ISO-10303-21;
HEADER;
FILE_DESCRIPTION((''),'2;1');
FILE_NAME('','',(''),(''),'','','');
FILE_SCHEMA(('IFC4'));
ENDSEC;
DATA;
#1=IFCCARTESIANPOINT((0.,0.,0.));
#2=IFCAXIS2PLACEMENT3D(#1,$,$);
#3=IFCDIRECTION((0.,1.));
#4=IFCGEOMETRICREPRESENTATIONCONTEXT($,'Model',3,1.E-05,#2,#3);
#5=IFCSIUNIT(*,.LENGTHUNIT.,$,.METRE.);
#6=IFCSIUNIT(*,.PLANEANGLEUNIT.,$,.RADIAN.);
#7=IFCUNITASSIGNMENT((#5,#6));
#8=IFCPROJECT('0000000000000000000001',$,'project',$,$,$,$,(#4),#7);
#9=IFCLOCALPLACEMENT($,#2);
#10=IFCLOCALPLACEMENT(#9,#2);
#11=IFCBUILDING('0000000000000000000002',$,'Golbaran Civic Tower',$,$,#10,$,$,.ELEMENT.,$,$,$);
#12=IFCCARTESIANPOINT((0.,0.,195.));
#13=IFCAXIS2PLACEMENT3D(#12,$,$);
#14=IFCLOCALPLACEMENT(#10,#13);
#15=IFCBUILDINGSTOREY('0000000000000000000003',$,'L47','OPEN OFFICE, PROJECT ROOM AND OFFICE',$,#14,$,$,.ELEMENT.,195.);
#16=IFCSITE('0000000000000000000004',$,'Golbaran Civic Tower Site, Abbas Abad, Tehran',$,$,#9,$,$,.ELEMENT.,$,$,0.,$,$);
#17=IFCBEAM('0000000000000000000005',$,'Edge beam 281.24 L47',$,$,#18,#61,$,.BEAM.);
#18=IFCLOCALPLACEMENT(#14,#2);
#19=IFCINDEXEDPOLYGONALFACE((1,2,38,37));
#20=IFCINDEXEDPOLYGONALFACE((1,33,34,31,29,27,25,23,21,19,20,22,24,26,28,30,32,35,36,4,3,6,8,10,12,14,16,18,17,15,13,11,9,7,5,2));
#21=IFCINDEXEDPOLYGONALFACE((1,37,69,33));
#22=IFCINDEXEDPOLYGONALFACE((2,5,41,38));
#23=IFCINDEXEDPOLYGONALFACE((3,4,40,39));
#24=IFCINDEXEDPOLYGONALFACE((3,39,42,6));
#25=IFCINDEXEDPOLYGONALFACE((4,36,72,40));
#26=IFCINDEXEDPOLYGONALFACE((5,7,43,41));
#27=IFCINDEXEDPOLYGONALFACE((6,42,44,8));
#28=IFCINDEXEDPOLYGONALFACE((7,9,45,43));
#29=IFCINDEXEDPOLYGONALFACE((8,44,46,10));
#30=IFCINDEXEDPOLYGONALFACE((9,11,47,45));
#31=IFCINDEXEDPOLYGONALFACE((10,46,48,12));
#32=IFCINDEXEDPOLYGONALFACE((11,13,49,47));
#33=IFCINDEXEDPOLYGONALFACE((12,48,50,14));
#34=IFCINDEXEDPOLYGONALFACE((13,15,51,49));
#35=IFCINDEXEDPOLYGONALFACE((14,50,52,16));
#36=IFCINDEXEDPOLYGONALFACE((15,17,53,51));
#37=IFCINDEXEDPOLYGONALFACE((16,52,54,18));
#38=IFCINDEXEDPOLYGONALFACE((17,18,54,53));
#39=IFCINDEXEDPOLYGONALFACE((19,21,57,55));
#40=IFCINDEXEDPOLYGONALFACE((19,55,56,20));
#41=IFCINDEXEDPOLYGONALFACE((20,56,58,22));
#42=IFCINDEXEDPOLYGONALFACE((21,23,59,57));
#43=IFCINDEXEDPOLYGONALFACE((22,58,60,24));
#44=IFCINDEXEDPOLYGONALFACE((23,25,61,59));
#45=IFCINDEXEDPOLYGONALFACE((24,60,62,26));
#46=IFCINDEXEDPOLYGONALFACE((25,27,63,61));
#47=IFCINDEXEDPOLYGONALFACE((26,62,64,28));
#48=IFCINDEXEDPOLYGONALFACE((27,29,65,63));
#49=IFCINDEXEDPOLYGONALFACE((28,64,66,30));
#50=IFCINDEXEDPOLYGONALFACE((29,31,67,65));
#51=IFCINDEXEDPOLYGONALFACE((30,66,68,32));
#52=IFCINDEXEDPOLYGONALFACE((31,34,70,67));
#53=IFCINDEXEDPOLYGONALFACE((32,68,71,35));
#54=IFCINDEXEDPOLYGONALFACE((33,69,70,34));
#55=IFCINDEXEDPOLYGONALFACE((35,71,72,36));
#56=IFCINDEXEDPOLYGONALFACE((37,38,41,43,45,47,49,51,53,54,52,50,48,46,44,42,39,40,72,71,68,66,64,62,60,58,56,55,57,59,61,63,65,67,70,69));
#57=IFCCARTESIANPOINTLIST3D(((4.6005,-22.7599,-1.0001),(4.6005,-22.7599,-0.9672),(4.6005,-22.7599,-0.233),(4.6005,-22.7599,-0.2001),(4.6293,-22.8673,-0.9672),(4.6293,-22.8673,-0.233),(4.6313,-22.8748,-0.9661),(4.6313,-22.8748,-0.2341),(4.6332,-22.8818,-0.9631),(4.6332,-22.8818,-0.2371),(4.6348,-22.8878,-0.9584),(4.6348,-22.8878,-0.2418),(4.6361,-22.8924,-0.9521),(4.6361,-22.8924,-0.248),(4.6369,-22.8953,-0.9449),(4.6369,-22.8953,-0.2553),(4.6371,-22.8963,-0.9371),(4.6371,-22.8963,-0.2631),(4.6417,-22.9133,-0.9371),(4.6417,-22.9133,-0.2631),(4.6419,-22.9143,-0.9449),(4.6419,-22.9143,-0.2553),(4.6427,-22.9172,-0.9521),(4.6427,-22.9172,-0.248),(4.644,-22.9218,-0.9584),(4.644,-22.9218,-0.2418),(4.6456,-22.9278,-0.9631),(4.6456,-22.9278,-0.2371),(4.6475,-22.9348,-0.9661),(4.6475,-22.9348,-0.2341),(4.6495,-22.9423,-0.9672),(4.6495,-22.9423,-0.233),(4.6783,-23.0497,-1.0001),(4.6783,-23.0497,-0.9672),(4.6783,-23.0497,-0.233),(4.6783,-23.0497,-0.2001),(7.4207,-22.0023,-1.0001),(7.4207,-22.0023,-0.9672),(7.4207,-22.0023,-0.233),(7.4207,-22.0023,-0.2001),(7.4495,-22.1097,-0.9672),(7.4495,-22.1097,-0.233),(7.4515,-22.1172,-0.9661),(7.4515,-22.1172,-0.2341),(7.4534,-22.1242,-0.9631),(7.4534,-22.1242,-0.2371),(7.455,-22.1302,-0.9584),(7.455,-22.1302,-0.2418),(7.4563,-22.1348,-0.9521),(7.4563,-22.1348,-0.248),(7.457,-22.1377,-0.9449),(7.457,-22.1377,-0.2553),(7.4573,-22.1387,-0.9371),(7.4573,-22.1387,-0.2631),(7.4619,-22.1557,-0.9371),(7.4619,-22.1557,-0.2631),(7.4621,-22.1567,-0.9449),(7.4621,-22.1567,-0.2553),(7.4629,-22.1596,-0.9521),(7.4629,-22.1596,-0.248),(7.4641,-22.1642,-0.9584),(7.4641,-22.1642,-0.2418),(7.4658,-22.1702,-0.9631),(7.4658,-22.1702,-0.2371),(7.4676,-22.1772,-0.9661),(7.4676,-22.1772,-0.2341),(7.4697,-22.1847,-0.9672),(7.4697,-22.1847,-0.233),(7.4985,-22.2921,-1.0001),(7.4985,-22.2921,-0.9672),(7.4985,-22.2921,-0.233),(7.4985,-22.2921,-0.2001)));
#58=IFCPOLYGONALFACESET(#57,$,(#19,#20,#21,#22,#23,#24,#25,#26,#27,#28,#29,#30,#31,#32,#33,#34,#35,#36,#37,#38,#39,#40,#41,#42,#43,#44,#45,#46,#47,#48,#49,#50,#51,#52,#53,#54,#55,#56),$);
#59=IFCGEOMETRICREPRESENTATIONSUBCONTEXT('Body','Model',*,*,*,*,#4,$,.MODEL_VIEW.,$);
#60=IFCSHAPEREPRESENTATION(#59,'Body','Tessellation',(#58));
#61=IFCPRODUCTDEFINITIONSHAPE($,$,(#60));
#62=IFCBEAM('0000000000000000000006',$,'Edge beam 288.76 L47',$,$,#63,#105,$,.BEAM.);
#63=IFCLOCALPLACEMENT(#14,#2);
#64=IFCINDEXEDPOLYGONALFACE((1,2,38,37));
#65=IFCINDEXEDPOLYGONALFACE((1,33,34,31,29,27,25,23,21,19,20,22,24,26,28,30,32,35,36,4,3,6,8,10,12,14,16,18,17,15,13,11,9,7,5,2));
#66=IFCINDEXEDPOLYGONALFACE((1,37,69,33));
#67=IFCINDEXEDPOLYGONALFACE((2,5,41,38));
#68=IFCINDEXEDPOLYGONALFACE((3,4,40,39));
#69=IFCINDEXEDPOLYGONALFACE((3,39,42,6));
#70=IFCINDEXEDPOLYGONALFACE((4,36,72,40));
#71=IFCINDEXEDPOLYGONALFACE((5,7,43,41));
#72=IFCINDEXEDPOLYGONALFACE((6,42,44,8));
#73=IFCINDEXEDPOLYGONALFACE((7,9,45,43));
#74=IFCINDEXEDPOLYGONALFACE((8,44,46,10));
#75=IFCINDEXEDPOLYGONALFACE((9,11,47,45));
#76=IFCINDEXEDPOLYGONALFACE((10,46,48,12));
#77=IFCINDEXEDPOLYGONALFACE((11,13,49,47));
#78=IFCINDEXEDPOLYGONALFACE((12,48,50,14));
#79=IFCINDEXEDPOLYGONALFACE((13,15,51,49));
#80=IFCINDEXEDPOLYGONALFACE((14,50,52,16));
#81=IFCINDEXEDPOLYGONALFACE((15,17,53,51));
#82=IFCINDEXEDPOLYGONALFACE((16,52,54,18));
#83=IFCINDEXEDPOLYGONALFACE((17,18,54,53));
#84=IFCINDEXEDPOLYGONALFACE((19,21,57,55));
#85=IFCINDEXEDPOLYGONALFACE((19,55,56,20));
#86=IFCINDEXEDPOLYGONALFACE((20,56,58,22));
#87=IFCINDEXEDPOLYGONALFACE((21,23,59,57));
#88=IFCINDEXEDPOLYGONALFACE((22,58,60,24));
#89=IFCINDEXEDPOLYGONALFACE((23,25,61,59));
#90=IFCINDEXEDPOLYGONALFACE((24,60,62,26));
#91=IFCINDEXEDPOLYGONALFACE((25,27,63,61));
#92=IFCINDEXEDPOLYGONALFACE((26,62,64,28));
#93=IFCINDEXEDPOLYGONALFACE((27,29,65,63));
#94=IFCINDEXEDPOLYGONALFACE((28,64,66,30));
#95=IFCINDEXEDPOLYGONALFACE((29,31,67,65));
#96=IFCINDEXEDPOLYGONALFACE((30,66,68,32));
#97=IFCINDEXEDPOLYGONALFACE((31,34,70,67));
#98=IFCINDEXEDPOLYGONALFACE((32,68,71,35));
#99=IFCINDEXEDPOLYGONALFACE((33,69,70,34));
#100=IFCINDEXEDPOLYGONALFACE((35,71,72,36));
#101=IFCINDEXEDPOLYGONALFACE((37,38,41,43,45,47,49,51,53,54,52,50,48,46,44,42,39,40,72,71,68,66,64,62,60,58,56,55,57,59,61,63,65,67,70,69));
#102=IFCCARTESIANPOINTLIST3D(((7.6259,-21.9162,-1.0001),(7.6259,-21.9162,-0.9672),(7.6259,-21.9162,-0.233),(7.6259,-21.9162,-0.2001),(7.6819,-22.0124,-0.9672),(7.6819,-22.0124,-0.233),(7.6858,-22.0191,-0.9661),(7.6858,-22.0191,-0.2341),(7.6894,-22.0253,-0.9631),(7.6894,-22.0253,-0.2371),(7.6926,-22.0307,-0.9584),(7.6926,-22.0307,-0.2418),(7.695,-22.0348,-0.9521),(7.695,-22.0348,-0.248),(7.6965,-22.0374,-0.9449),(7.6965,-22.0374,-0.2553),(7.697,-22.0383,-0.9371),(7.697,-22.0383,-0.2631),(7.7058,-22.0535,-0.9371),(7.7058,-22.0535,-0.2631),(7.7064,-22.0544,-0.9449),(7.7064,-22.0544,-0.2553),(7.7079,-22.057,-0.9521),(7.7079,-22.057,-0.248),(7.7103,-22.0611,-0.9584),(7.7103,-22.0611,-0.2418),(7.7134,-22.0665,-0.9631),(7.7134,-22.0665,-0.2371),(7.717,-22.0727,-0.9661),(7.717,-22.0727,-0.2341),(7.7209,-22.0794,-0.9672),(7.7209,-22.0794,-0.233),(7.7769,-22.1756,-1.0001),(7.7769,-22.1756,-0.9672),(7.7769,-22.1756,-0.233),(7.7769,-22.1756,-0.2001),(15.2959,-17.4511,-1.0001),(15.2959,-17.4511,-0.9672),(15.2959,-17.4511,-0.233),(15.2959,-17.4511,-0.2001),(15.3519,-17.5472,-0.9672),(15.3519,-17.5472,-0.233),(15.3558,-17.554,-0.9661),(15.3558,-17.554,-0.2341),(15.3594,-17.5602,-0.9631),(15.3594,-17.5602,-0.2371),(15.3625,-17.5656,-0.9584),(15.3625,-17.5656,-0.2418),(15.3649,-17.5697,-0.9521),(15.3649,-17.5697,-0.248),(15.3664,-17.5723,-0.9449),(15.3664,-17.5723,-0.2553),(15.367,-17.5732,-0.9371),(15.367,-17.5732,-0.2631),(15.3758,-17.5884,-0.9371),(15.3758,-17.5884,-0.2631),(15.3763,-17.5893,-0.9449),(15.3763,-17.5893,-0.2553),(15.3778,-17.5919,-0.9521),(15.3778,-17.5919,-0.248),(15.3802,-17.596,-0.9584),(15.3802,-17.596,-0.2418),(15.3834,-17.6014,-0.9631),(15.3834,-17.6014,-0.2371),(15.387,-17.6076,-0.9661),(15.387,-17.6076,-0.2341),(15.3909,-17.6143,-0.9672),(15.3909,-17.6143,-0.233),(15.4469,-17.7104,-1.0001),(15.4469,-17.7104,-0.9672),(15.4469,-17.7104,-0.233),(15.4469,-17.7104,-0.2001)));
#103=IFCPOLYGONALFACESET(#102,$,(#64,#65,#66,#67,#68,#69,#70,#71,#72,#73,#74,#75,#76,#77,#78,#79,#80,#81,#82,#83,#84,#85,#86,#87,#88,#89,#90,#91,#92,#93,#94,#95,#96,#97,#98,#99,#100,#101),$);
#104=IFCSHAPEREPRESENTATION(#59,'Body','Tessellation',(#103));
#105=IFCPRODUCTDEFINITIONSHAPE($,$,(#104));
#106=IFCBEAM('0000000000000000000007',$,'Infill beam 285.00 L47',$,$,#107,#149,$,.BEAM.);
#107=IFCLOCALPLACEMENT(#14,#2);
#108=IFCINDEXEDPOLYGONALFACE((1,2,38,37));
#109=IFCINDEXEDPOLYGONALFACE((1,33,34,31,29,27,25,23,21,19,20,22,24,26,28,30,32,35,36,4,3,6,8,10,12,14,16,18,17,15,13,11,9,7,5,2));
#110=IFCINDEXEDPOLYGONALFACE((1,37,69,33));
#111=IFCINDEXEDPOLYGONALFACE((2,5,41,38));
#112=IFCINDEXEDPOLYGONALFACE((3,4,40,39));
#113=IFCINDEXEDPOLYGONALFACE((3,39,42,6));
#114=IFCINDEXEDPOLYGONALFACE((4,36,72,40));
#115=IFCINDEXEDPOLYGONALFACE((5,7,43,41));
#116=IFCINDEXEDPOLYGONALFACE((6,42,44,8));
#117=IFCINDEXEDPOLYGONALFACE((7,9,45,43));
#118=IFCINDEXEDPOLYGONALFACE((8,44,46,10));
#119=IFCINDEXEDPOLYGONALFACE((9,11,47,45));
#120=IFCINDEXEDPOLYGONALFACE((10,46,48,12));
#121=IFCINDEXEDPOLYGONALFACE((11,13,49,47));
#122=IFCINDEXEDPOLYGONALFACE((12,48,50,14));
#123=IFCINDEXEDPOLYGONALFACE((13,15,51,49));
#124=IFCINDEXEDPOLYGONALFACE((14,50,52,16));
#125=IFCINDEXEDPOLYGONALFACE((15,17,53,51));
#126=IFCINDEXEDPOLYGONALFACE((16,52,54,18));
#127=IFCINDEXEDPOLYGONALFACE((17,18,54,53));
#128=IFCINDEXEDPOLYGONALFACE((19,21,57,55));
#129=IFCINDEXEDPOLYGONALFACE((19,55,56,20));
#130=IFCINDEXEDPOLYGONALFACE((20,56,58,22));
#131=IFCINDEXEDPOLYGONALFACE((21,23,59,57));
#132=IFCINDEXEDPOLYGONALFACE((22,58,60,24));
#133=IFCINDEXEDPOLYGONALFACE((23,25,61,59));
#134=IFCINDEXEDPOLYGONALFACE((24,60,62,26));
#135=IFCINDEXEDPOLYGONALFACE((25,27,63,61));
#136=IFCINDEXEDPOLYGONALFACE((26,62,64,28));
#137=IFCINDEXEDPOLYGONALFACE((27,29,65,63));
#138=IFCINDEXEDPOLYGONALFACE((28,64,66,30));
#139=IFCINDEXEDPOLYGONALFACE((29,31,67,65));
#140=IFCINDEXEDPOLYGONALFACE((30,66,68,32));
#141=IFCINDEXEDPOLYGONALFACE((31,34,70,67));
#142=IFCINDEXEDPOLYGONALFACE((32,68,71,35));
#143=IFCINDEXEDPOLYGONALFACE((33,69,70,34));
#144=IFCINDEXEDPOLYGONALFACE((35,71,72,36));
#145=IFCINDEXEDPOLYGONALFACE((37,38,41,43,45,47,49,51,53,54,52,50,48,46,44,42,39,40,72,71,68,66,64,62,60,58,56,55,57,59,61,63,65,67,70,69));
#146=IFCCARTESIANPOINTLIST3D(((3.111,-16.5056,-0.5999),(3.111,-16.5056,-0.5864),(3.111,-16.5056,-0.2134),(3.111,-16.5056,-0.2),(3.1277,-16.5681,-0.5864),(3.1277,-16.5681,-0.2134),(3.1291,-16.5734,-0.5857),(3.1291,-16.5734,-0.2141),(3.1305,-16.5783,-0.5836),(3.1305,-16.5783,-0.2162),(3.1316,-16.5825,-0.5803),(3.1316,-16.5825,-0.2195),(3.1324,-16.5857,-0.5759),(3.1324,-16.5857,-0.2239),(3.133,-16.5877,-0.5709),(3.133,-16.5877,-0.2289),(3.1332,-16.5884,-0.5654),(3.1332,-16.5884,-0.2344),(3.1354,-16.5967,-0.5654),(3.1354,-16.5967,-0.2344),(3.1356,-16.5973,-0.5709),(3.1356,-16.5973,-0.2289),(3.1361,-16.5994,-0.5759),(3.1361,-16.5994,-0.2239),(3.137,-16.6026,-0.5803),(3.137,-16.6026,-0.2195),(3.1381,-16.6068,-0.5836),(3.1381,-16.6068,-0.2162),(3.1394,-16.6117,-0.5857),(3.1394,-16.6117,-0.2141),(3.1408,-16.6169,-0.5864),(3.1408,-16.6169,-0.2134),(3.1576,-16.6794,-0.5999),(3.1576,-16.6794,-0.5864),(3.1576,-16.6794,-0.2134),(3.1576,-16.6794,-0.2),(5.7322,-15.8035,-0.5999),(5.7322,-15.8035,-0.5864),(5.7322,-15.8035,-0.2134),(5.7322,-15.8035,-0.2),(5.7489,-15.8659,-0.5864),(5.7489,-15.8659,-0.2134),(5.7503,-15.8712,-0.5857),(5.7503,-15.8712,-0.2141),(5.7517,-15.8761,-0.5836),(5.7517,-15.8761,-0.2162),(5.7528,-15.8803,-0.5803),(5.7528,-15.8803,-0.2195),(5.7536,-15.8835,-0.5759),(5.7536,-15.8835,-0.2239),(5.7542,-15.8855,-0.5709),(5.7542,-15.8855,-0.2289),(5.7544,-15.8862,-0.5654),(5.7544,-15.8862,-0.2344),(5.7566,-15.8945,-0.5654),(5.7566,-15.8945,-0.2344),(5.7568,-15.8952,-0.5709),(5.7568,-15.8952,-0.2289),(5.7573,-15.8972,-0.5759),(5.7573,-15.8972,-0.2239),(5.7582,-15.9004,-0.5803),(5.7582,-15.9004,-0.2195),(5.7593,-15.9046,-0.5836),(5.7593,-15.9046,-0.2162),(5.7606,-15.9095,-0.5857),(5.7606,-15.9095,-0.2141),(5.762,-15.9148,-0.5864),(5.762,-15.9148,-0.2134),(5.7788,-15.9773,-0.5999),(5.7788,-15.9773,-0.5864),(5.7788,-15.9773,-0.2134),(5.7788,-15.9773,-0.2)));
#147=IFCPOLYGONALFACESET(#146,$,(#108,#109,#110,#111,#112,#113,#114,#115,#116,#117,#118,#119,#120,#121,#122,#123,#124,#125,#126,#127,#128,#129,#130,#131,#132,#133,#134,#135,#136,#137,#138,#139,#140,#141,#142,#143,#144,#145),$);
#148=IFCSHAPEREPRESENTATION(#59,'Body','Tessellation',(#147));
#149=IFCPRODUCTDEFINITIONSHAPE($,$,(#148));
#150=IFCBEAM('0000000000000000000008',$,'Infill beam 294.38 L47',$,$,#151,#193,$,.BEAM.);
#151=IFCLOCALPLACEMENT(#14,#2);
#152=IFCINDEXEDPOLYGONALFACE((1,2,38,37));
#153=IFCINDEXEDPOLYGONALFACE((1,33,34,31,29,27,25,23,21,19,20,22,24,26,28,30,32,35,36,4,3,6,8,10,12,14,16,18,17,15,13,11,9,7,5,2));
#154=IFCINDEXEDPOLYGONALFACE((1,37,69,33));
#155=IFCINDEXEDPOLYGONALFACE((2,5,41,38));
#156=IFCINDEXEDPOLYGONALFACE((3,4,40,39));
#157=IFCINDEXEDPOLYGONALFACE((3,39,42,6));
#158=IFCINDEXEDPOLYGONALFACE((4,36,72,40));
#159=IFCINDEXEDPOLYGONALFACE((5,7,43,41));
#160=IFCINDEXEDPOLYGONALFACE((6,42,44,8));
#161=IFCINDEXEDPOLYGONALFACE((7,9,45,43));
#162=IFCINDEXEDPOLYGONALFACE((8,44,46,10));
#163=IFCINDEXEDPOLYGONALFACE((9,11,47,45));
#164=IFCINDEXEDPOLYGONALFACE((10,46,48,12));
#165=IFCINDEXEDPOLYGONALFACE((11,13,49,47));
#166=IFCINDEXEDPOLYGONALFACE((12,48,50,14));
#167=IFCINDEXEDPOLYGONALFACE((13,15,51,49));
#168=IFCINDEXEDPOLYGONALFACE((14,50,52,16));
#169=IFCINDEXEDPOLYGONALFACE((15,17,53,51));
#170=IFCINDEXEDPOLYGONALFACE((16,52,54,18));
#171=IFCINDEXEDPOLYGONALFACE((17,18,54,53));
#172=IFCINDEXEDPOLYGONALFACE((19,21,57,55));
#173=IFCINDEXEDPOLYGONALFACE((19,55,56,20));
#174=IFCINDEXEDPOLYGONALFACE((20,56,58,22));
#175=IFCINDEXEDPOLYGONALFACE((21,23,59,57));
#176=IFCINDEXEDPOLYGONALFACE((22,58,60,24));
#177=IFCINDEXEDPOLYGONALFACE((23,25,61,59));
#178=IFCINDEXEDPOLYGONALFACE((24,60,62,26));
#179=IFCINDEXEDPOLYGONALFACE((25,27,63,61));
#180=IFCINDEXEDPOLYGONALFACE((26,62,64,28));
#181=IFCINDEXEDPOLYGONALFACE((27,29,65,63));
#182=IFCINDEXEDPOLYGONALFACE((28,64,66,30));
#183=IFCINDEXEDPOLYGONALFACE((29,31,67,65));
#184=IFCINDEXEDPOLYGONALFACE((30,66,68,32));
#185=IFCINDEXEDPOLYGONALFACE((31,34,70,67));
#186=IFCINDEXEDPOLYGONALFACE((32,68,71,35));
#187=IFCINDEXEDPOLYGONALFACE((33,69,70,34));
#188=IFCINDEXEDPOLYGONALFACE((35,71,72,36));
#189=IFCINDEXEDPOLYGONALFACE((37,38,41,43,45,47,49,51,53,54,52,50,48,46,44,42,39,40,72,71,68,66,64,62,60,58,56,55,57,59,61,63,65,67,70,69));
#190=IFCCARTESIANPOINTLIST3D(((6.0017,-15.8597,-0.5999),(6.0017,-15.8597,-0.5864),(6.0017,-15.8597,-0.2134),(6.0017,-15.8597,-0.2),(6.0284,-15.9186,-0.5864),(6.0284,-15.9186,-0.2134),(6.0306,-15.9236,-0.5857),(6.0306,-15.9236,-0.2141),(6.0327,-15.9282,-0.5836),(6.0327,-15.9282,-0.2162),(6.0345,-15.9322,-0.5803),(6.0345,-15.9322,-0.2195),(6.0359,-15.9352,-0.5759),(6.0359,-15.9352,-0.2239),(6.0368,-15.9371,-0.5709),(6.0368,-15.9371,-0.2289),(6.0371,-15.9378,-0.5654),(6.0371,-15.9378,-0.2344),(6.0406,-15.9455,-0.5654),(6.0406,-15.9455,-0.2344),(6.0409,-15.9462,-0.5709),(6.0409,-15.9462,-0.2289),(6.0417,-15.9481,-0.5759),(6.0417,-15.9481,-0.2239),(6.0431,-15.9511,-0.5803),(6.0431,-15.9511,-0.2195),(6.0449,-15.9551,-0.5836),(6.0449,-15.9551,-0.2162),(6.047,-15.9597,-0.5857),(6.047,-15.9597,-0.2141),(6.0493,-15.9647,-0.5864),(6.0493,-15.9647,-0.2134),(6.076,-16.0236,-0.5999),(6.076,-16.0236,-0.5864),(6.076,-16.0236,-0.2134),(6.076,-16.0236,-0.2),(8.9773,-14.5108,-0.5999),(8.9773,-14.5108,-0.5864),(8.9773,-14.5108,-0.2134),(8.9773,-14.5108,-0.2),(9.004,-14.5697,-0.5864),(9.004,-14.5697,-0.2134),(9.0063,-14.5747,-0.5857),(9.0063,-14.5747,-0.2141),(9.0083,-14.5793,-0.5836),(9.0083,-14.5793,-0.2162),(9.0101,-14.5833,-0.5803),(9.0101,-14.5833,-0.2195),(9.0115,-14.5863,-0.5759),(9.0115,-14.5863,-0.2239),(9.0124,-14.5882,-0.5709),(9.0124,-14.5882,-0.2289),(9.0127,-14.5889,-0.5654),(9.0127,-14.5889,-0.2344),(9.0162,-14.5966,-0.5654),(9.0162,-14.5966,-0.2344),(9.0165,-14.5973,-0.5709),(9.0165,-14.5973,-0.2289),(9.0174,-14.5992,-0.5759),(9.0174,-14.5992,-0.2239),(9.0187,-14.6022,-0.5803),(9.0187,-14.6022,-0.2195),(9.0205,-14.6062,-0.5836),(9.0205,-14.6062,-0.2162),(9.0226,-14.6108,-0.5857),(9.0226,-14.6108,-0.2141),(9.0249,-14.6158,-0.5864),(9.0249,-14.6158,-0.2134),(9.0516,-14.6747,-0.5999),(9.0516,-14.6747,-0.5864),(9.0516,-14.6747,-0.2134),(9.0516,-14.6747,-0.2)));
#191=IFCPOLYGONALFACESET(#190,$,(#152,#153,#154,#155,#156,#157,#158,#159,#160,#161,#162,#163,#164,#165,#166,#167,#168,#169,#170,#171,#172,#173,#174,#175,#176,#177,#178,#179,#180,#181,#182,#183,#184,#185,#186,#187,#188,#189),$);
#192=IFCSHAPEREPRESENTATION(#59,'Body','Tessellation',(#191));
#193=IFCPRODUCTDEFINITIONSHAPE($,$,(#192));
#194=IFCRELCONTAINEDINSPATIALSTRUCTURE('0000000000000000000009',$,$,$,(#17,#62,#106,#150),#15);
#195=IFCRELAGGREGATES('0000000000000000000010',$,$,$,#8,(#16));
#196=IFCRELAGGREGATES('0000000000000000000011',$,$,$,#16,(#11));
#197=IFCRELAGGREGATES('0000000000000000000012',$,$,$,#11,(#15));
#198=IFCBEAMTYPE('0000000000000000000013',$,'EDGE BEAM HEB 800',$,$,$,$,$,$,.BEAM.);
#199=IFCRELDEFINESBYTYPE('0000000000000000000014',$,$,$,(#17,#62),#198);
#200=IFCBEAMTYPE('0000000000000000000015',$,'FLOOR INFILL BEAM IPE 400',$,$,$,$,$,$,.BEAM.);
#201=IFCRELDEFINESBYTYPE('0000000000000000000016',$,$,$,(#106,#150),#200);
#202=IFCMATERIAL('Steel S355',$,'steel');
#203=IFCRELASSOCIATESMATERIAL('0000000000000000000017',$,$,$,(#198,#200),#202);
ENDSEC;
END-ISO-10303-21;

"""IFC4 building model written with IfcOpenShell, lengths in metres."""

from ifc_helpers import new_model, si_unit, direction, frame, origin, origin_2d, place, context, subcontext, project, spatial, i_section, extrude, material, material_profile, profile_set, type_object, element, save


model = new_model("IFC4")

# Units and contexts
model_context = context("Model", 3, precision=1e-05, world=origin(), true_north=direction((0.0, 1.0)))
body_context = subcontext(model_context, "Body", "Model", "MODEL_VIEW")
ifc_project = project(units=[si_unit("LENGTHUNIT", "METRE"), si_unit("PLANEANGLEUNIT", "RADIAN")], contexts=[model_context])

# Site, building, storey
site_placement = place(None, origin())
site = spatial("IfcSite", under=ifc_project, at=site_placement, Name="Golbaran Civic Tower Site, Abbas Abad, Tehran", CompositionType="ELEMENT", RefElevation=0.0)
building_placement = place(site_placement, origin())
building = spatial("IfcBuilding", under=site, at=building_placement, Name="Golbaran Civic Tower", CompositionType="ELEMENT")
storey_placement = place(building_placement, frame((0.0, 0.0, 195.0)))
storey = spatial("IfcBuildingStorey", under=building, at=storey_placement, Name="L47", Description="OPEN OFFICE, PROJECT ROOM AND OFFICE", CompositionType="ELEMENT", Elevation=195.0)

# Beams
ifc_material_1 = material(Name="Steel S355", Category="steel")
ifc_material_profile_1 = material_profile(ifc_material_1, i_section(OverallWidth=0.3, OverallDepth=0.8, WebThickness=0.0176, FlangeThickness=0.033, FilletRadius=0.03, at=origin_2d()), Name="HEB 800")
ifc_profile_set_1 = profile_set([ifc_material_profile_1], Name="Steel S355")
beam_type_1 = type_object("IfcBeamType", Name="EDGE BEAM HEB 800", PredefinedType="BEAM", material=ifc_profile_set_1)
beam_1_placement = place(storey_placement, frame((4.6394, -22.9048, -0.6001), z_axis=(0.96576, 0.259437, 0.0), x_axis=(-0.259437, 0.96576, 0.0)))
element("IfcBeam", 1, at=beam_1_placement, inside=storey, type_object=beam_type_1, Name="Edge beam 281.24 L47", PredefinedType="BEAM", context=body_context, shape_type="SweptSolid", body=[
    extrude(i_section(OverallWidth=0.3, OverallDepth=0.8, WebThickness=0.0176, FlangeThickness=0.033, FilletRadius=0.03, at=origin_2d()), origin(), (0.0, 0.0, 1.0), 2.9202),
])
beam_2_placement = place(storey_placement, frame((7.7014, -22.0459, -0.6001), z_axis=(0.864222, 0.503111, 0.0), x_axis=(-0.503111, 0.864222, 0.0)))
element("IfcBeam", 2, at=beam_2_placement, inside=storey, type_object=beam_type_1, Name="Edge beam 288.76 L47", PredefinedType="BEAM", context=body_context, shape_type="SweptSolid", body=[
    extrude(i_section(OverallWidth=0.3, OverallDepth=0.8, WebThickness=0.0176, FlangeThickness=0.033, FilletRadius=0.03, at=origin_2d()), origin(), (0.0, 0.0, 1.0), 8.875),
])
ifc_material_profile_2 = material_profile(ifc_material_1, i_section(OverallWidth=0.1799, OverallDepth=0.3999, WebThickness=0.0085, FlangeThickness=0.0134, FilletRadius=0.021, at=origin_2d()), Name="IPE 400")
ifc_profile_set_2 = profile_set([ifc_material_profile_2], Name="Steel S355")
beam_type_2 = type_object("IfcBeamType", Name="FLOOR INFILL BEAM IPE 400", PredefinedType="BEAM", material=ifc_profile_set_2)
beam_3_placement = place(storey_placement, frame((3.1343, -16.5925, -0.3999), z_axis=(0.965942, 0.25876, 0.0), x_axis=(-0.25876, 0.965942, 0.0)))
element("IfcBeam", 3, at=beam_3_placement, inside=storey, type_object=beam_type_2, Name="Infill beam 285.00 L47", PredefinedType="BEAM", context=body_context, shape_type="SweptSolid", body=[
    extrude(i_section(OverallWidth=0.1799, OverallDepth=0.3999, WebThickness=0.0085, FlangeThickness=0.0134, FilletRadius=0.021, at=origin_2d()), origin(), (0.0, 0.0, 1.0), 2.7136),
])
beam_4_placement = place(storey_placement, frame((6.0388, -15.9417, -0.3999), z_axis=(0.910788, 0.412874, 0.0), x_axis=(-0.412874, 0.910788, 0.0)))
element("IfcBeam", 4, at=beam_4_placement, inside=storey, type_object=beam_type_2, Name="Infill beam 294.38 L47", PredefinedType="BEAM", context=body_context, shape_type="SweptSolid", body=[
    extrude(i_section(OverallWidth=0.1799, OverallDepth=0.3999, WebThickness=0.0085, FlangeThickness=0.0134, FilletRadius=0.021, at=origin_2d()), origin(), (0.0, 0.0, 1.0), 3.2671),
])

save(model, "model.ifc")
